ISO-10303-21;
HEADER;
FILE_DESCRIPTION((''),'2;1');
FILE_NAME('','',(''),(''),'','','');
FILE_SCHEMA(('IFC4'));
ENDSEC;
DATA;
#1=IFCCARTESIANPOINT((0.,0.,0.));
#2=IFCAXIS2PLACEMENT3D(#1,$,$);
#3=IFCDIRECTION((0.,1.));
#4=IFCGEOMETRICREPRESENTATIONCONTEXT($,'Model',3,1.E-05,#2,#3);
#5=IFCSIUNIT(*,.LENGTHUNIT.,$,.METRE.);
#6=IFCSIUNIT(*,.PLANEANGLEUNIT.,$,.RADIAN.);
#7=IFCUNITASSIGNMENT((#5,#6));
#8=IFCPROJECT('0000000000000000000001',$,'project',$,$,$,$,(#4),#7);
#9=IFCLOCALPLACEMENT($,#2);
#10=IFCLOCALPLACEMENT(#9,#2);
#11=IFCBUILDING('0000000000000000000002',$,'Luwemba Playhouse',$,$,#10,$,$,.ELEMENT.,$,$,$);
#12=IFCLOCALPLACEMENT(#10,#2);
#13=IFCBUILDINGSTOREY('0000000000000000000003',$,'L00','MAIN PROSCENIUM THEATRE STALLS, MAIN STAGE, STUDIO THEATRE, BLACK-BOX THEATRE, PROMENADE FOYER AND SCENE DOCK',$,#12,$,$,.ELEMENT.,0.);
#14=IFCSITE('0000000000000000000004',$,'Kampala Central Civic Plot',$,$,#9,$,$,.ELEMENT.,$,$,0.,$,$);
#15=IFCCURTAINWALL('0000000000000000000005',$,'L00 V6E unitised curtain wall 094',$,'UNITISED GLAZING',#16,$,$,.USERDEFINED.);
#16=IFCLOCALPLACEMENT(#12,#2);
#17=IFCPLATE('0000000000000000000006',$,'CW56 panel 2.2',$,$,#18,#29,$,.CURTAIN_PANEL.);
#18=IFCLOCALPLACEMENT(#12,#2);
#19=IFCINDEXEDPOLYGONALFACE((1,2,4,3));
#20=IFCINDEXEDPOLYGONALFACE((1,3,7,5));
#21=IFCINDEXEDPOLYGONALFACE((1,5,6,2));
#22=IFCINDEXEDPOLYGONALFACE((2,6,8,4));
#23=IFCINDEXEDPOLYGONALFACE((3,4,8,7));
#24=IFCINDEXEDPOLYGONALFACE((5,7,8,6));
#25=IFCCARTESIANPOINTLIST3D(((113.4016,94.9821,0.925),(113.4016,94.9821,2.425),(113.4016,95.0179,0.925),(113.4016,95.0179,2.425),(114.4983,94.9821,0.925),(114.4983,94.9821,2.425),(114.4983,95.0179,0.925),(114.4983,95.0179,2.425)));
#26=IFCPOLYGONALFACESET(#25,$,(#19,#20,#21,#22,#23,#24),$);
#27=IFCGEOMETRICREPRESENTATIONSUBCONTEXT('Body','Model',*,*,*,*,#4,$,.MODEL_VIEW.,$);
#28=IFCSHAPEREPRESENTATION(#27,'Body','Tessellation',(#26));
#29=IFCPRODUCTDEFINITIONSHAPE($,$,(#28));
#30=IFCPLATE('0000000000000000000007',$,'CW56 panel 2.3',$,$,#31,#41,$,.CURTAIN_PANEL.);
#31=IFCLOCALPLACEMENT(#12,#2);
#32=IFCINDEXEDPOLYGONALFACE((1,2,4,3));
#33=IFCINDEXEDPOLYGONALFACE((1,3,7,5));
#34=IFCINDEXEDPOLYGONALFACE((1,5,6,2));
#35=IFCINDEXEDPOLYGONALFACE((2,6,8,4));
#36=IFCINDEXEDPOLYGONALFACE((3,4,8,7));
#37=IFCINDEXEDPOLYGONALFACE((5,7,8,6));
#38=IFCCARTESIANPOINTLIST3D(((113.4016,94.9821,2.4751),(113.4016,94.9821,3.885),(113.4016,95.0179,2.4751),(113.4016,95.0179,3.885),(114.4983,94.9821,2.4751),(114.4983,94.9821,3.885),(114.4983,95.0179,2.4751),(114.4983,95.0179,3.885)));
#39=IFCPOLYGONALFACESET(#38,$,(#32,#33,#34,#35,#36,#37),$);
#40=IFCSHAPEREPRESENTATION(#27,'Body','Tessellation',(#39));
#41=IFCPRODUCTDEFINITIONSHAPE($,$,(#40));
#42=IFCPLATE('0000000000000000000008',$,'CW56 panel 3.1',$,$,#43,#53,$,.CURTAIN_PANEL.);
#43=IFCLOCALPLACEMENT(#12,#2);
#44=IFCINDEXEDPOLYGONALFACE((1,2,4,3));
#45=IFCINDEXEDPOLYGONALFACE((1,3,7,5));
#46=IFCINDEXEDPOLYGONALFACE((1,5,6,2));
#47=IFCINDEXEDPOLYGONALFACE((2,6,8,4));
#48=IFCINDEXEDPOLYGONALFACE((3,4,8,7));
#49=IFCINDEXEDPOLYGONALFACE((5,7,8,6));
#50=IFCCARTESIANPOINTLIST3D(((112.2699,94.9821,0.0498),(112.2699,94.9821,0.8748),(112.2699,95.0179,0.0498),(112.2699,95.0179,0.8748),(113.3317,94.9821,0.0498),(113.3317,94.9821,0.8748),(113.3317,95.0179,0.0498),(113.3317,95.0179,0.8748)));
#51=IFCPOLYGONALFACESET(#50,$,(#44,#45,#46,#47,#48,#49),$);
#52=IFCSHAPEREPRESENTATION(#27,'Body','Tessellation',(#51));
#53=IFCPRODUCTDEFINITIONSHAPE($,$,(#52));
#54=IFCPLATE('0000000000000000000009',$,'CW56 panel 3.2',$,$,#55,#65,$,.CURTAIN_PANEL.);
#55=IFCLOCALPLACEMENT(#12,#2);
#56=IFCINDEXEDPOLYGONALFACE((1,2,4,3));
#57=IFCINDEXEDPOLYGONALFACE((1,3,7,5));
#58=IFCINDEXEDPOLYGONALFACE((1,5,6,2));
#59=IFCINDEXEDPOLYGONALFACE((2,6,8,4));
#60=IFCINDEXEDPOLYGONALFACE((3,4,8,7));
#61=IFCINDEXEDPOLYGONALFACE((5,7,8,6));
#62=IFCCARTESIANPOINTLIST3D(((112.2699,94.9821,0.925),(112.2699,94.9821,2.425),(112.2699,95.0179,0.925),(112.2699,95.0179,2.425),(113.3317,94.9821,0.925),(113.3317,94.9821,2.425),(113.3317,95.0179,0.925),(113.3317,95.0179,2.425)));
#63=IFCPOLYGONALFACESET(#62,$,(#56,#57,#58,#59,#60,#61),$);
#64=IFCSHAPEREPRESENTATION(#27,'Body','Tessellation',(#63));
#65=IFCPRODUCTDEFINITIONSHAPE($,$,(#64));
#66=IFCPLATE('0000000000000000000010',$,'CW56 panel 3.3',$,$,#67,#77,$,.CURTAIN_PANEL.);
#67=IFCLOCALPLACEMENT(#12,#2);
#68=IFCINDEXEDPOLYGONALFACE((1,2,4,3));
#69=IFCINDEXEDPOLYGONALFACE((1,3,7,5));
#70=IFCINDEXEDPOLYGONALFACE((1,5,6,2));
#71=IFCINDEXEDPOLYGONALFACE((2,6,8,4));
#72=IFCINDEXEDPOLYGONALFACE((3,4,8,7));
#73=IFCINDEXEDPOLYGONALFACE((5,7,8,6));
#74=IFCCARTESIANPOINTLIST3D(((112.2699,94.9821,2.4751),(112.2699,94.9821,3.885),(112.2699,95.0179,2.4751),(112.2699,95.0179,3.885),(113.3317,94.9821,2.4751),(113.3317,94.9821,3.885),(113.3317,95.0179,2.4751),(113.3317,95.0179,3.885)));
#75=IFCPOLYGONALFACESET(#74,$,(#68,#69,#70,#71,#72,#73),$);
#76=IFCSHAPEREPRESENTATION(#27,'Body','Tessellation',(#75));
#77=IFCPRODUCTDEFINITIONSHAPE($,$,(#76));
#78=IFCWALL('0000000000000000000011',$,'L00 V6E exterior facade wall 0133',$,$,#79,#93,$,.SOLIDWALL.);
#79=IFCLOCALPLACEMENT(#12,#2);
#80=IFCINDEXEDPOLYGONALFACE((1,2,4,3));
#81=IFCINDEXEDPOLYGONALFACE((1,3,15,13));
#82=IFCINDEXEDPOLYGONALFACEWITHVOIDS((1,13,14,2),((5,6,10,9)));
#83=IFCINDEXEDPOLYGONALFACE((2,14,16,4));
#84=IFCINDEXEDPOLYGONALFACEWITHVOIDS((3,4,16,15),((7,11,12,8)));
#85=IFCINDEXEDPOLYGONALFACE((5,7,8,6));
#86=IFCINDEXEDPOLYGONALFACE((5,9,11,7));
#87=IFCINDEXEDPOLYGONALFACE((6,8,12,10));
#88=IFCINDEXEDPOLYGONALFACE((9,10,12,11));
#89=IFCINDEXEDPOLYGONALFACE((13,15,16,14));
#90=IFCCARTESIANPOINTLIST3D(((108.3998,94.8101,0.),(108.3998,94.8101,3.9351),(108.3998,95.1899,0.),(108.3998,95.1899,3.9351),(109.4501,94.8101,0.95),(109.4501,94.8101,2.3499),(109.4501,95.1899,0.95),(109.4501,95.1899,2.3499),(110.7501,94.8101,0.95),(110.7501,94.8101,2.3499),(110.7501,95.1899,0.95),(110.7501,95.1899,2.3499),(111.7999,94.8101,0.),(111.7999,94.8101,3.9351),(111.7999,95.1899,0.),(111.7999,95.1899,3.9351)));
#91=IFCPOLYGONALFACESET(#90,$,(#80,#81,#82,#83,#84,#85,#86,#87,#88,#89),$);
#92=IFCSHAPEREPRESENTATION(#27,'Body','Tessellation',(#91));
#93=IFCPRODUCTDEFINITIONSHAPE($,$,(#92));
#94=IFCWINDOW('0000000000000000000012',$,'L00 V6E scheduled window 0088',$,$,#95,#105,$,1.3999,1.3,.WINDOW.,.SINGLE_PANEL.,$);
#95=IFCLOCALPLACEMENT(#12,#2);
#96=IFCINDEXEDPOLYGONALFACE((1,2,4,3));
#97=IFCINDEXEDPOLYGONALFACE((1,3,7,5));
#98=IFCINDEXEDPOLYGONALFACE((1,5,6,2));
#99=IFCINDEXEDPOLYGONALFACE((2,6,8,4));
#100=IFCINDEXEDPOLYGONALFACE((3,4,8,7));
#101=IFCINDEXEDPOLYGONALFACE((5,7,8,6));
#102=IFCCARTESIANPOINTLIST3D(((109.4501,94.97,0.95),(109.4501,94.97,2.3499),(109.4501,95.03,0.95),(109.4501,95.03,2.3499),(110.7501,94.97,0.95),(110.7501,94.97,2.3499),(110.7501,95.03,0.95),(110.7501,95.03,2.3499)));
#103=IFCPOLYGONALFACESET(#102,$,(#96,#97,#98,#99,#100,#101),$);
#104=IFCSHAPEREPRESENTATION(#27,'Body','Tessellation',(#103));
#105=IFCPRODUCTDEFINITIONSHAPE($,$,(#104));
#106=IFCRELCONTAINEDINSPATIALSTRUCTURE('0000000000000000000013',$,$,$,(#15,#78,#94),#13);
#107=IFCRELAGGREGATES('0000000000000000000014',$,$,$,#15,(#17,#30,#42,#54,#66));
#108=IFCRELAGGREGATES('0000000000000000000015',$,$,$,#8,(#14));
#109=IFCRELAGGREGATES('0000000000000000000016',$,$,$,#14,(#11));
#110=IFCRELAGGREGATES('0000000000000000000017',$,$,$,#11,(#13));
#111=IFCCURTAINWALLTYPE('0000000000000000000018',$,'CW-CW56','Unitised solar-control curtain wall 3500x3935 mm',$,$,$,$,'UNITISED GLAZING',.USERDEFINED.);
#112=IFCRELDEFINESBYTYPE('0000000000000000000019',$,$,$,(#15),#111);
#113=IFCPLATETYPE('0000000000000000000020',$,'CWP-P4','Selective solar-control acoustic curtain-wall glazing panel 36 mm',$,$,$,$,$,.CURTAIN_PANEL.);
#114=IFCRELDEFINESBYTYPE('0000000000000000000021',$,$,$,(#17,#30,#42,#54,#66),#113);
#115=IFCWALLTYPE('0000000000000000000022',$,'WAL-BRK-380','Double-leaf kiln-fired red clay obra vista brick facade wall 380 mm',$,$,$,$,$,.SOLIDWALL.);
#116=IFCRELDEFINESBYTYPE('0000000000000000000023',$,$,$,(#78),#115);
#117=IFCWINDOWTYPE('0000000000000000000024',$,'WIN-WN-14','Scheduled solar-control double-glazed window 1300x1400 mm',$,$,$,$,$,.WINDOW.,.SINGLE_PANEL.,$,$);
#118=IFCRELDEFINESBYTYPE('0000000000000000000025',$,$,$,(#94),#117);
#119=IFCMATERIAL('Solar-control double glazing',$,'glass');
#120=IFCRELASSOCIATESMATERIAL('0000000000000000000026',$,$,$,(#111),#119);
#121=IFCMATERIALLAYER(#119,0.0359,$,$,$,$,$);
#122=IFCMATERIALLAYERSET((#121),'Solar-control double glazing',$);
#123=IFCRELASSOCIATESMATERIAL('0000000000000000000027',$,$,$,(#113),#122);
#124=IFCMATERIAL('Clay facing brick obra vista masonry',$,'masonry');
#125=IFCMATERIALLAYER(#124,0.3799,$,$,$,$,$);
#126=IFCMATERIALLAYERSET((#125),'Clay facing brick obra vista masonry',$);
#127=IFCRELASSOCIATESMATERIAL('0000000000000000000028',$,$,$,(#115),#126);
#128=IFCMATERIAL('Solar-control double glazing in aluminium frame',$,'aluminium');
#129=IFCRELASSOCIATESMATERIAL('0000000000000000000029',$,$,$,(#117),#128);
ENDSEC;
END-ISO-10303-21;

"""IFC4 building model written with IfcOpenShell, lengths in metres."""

from ifc_helpers import new_model, si_unit, direction, frame, frame_2d, origin, origin_2d, place, context, subcontext, project, spatial, rectangle, extrude, material, layer, layer_set, type_object, element, fill, aggregate, save


model = new_model("IFC4")

# Units and contexts
model_context = context("Model", 3, precision=1e-05, world=origin(), true_north=direction((0.0, 1.0)))
body_context = subcontext(model_context, "Body", "Model", "MODEL_VIEW")
ifc_project = project(units=[si_unit("LENGTHUNIT", "METRE"), si_unit("PLANEANGLEUNIT", "RADIAN")], contexts=[model_context])

# Site, building, storey
site_placement = place(None, origin())
site = spatial("IfcSite", under=ifc_project, at=site_placement, Name="Kampala Central Civic Plot", CompositionType="ELEMENT", RefElevation=0.0)
building_placement = place(site_placement, origin())
building = spatial("IfcBuilding", under=site, at=building_placement, Name="Luwemba Playhouse", CompositionType="ELEMENT")
storey_placement = place(building_placement, origin())
storey = spatial("IfcBuildingStorey", under=building, at=storey_placement, Name="L00", Description="MAIN PROSCENIUM THEATRE STALLS, MAIN STAGE, STUDIO THEATRE, BLACK-BOX THEATRE, PROMENADE FOYER AND SCENE DOCK", CompositionType="ELEMENT", Elevation=0.0)

# Curtain wall, plates
ifc_material_1 = material(Name="Solar-control double glazing", Category="glass")
curtain_wall_type = type_object("IfcCurtainWallType", Name="CW-CW56", Description="Unitised solar-control curtain wall 3500x3935 mm", ElementType="UNITISED GLAZING", PredefinedType="USERDEFINED", material=ifc_material_1)
curtain_wall_placement = place(storey_placement, origin())
curtain_wall = element("IfcCurtainWall", 1, at=curtain_wall_placement, inside=storey, type_object=curtain_wall_type, Name="L00 V6E unitised curtain wall 094", ObjectType="UNITISED GLAZING", PredefinedType="USERDEFINED")
ifc_layer_1 = layer(ifc_material_1, 0.0359)
ifc_layer_set_1 = layer_set([ifc_layer_1], Name="Solar-control double glazing")
plate_type = type_object("IfcPlateType", Name="CWP-P4", Description="Selective solar-control acoustic curtain-wall glazing panel 36 mm", PredefinedType="CURTAIN_PANEL", material=ifc_layer_set_1)
plate_1_placement = place(storey_placement, frame((113.95, 95.0, 0.925), z_axis=(0.0, 0.0, 1.0), x_axis=(-1.0, 0.0, 0.0)))
plate_1 = element("IfcPlate", 2, at=plate_1_placement, type_object=plate_type, Name="CW56 panel 2.2", PredefinedType="CURTAIN_PANEL", context=body_context, shape_type="SweptSolid", body=[
    extrude(rectangle(XDim=1.0967, YDim=0.0359, at=origin_2d()), origin(), (0.0, 0.0, 1.0), 1.5),
])
plate_2_placement = place(storey_placement, frame((113.95, 95.0, 2.4751), z_axis=(0.0, 0.0, 1.0), x_axis=(-1.0, 0.0, 0.0)))
plate_2 = element("IfcPlate", 3, at=plate_2_placement, type_object=plate_type, Name="CW56 panel 2.3", PredefinedType="CURTAIN_PANEL", context=body_context, shape_type="SweptSolid", body=[
    extrude(rectangle(XDim=1.0967, YDim=0.0359, at=origin_2d()), origin(), (0.0, 0.0, 1.0), 1.4099),
])
plate_3_placement = place(storey_placement, frame((112.8008, 95.0, 0.0498), z_axis=(0.0, 0.0, 1.0), x_axis=(-1.0, 0.0, 0.0)))
plate_3 = element("IfcPlate", 4, at=plate_3_placement, type_object=plate_type, Name="CW56 panel 3.1", PredefinedType="CURTAIN_PANEL", context=body_context, shape_type="SweptSolid", body=[
    extrude(rectangle(XDim=1.0618, YDim=0.0359, at=origin_2d()), origin(), (0.0, 0.0, 1.0), 0.825),
])
plate_4_placement = place(storey_placement, frame((112.8008, 95.0, 0.925), z_axis=(0.0, 0.0, 1.0), x_axis=(-1.0, 0.0, 0.0)))
plate_4 = element("IfcPlate", 5, at=plate_4_placement, type_object=plate_type, Name="CW56 panel 3.2", PredefinedType="CURTAIN_PANEL", context=body_context, shape_type="SweptSolid", body=[
    extrude(rectangle(XDim=1.0618, YDim=0.0359, at=origin_2d()), origin(), (0.0, 0.0, 1.0), 1.5),
])
plate_5_placement = place(storey_placement, frame((112.8008, 95.0, 2.4751), z_axis=(0.0, 0.0, 1.0), x_axis=(-1.0, 0.0, 0.0)))
plate_5 = element("IfcPlate", 6, at=plate_5_placement, type_object=plate_type, Name="CW56 panel 3.3", PredefinedType="CURTAIN_PANEL", context=body_context, shape_type="SweptSolid", body=[
    extrude(rectangle(XDim=1.0618, YDim=0.0359, at=origin_2d()), origin(), (0.0, 0.0, 1.0), 1.4099),
])
aggregate(curtain_wall, [plate_1, plate_2, plate_3, plate_4, plate_5])

# Wall, opening, window
ifc_material_2 = material(Name="Clay facing brick obra vista masonry", Category="masonry")
ifc_layer_2 = layer(ifc_material_2, 0.3799)
ifc_layer_set_2 = layer_set([ifc_layer_2], Name="Clay facing brick obra vista masonry")
wall_type = type_object("IfcWallType", Name="WAL-BRK-380", Description="Double-leaf kiln-fired red clay obra vista brick facade wall 380 mm", PredefinedType="SOLIDWALL", material=ifc_layer_set_2)
wall_placement = place(storey_placement, frame((111.8, 95.0, 0.0), z_axis=(0.0, 0.0, 1.0), x_axis=(-1.0, 0.0, 0.0)))
wall = element("IfcWall", 7, at=wall_placement, inside=storey, type_object=wall_type, Name="L00 V6E exterior facade wall 0133", PredefinedType="SOLIDWALL", context=body_context, shape_type="SweptSolid", body=[
    extrude(rectangle(XDim=3.4001, YDim=0.3799, at=frame_2d((1.7002, 0.0))), origin(), (0.0, 0.0, 1.0), 3.9351),
])
opening_placement = place(wall_placement, frame((1.05, 0.0, 0.95)))
opening = element("IfcOpeningElement", 8, at=opening_placement, cuts=wall, PredefinedType="OPENING", context=body_context, shape_type="SweptSolid", body=[
    extrude(rectangle(XDim=1.3, YDim=1.3999, at=frame_2d((0.6499, 0.7))), frame((0.0, 0.2, 0.0), z_axis=(0.0, -1.0, 0.0), x_axis=(1.0, 0.0, 0.0)), (0.0, 0.0, 1.0), 0.3999),
])
ifc_material_3 = material(Name="Solar-control double glazing in aluminium frame", Category="aluminium")
window_type = type_object("IfcWindowType", Name="WIN-WN-14", Description="Scheduled solar-control double-glazed window 1300x1400 mm", PartitioningType="SINGLE_PANEL", PredefinedType="WINDOW", material=ifc_material_3)
window_placement = place(opening_placement, origin())
window = element("IfcWindow", 9, at=window_placement, inside=storey, type_object=window_type, Name="L00 V6E scheduled window 0088", OverallHeight=1.3999, OverallWidth=1.3, PartitioningType="SINGLE_PANEL", PredefinedType="WINDOW", context=body_context, shape_type="SweptSolid", body=[
    extrude(rectangle(XDim=1.3, YDim=1.3999, at=frame_2d((0.6499, 0.7))), frame((0.0, 0.03, 0.0), z_axis=(0.0, -1.0, 0.0), x_axis=(1.0, 0.0, 0.0)), (0.0, 0.0, 1.0), 0.0601),
])
fill(opening, window)

save(model, "model.ifc")
